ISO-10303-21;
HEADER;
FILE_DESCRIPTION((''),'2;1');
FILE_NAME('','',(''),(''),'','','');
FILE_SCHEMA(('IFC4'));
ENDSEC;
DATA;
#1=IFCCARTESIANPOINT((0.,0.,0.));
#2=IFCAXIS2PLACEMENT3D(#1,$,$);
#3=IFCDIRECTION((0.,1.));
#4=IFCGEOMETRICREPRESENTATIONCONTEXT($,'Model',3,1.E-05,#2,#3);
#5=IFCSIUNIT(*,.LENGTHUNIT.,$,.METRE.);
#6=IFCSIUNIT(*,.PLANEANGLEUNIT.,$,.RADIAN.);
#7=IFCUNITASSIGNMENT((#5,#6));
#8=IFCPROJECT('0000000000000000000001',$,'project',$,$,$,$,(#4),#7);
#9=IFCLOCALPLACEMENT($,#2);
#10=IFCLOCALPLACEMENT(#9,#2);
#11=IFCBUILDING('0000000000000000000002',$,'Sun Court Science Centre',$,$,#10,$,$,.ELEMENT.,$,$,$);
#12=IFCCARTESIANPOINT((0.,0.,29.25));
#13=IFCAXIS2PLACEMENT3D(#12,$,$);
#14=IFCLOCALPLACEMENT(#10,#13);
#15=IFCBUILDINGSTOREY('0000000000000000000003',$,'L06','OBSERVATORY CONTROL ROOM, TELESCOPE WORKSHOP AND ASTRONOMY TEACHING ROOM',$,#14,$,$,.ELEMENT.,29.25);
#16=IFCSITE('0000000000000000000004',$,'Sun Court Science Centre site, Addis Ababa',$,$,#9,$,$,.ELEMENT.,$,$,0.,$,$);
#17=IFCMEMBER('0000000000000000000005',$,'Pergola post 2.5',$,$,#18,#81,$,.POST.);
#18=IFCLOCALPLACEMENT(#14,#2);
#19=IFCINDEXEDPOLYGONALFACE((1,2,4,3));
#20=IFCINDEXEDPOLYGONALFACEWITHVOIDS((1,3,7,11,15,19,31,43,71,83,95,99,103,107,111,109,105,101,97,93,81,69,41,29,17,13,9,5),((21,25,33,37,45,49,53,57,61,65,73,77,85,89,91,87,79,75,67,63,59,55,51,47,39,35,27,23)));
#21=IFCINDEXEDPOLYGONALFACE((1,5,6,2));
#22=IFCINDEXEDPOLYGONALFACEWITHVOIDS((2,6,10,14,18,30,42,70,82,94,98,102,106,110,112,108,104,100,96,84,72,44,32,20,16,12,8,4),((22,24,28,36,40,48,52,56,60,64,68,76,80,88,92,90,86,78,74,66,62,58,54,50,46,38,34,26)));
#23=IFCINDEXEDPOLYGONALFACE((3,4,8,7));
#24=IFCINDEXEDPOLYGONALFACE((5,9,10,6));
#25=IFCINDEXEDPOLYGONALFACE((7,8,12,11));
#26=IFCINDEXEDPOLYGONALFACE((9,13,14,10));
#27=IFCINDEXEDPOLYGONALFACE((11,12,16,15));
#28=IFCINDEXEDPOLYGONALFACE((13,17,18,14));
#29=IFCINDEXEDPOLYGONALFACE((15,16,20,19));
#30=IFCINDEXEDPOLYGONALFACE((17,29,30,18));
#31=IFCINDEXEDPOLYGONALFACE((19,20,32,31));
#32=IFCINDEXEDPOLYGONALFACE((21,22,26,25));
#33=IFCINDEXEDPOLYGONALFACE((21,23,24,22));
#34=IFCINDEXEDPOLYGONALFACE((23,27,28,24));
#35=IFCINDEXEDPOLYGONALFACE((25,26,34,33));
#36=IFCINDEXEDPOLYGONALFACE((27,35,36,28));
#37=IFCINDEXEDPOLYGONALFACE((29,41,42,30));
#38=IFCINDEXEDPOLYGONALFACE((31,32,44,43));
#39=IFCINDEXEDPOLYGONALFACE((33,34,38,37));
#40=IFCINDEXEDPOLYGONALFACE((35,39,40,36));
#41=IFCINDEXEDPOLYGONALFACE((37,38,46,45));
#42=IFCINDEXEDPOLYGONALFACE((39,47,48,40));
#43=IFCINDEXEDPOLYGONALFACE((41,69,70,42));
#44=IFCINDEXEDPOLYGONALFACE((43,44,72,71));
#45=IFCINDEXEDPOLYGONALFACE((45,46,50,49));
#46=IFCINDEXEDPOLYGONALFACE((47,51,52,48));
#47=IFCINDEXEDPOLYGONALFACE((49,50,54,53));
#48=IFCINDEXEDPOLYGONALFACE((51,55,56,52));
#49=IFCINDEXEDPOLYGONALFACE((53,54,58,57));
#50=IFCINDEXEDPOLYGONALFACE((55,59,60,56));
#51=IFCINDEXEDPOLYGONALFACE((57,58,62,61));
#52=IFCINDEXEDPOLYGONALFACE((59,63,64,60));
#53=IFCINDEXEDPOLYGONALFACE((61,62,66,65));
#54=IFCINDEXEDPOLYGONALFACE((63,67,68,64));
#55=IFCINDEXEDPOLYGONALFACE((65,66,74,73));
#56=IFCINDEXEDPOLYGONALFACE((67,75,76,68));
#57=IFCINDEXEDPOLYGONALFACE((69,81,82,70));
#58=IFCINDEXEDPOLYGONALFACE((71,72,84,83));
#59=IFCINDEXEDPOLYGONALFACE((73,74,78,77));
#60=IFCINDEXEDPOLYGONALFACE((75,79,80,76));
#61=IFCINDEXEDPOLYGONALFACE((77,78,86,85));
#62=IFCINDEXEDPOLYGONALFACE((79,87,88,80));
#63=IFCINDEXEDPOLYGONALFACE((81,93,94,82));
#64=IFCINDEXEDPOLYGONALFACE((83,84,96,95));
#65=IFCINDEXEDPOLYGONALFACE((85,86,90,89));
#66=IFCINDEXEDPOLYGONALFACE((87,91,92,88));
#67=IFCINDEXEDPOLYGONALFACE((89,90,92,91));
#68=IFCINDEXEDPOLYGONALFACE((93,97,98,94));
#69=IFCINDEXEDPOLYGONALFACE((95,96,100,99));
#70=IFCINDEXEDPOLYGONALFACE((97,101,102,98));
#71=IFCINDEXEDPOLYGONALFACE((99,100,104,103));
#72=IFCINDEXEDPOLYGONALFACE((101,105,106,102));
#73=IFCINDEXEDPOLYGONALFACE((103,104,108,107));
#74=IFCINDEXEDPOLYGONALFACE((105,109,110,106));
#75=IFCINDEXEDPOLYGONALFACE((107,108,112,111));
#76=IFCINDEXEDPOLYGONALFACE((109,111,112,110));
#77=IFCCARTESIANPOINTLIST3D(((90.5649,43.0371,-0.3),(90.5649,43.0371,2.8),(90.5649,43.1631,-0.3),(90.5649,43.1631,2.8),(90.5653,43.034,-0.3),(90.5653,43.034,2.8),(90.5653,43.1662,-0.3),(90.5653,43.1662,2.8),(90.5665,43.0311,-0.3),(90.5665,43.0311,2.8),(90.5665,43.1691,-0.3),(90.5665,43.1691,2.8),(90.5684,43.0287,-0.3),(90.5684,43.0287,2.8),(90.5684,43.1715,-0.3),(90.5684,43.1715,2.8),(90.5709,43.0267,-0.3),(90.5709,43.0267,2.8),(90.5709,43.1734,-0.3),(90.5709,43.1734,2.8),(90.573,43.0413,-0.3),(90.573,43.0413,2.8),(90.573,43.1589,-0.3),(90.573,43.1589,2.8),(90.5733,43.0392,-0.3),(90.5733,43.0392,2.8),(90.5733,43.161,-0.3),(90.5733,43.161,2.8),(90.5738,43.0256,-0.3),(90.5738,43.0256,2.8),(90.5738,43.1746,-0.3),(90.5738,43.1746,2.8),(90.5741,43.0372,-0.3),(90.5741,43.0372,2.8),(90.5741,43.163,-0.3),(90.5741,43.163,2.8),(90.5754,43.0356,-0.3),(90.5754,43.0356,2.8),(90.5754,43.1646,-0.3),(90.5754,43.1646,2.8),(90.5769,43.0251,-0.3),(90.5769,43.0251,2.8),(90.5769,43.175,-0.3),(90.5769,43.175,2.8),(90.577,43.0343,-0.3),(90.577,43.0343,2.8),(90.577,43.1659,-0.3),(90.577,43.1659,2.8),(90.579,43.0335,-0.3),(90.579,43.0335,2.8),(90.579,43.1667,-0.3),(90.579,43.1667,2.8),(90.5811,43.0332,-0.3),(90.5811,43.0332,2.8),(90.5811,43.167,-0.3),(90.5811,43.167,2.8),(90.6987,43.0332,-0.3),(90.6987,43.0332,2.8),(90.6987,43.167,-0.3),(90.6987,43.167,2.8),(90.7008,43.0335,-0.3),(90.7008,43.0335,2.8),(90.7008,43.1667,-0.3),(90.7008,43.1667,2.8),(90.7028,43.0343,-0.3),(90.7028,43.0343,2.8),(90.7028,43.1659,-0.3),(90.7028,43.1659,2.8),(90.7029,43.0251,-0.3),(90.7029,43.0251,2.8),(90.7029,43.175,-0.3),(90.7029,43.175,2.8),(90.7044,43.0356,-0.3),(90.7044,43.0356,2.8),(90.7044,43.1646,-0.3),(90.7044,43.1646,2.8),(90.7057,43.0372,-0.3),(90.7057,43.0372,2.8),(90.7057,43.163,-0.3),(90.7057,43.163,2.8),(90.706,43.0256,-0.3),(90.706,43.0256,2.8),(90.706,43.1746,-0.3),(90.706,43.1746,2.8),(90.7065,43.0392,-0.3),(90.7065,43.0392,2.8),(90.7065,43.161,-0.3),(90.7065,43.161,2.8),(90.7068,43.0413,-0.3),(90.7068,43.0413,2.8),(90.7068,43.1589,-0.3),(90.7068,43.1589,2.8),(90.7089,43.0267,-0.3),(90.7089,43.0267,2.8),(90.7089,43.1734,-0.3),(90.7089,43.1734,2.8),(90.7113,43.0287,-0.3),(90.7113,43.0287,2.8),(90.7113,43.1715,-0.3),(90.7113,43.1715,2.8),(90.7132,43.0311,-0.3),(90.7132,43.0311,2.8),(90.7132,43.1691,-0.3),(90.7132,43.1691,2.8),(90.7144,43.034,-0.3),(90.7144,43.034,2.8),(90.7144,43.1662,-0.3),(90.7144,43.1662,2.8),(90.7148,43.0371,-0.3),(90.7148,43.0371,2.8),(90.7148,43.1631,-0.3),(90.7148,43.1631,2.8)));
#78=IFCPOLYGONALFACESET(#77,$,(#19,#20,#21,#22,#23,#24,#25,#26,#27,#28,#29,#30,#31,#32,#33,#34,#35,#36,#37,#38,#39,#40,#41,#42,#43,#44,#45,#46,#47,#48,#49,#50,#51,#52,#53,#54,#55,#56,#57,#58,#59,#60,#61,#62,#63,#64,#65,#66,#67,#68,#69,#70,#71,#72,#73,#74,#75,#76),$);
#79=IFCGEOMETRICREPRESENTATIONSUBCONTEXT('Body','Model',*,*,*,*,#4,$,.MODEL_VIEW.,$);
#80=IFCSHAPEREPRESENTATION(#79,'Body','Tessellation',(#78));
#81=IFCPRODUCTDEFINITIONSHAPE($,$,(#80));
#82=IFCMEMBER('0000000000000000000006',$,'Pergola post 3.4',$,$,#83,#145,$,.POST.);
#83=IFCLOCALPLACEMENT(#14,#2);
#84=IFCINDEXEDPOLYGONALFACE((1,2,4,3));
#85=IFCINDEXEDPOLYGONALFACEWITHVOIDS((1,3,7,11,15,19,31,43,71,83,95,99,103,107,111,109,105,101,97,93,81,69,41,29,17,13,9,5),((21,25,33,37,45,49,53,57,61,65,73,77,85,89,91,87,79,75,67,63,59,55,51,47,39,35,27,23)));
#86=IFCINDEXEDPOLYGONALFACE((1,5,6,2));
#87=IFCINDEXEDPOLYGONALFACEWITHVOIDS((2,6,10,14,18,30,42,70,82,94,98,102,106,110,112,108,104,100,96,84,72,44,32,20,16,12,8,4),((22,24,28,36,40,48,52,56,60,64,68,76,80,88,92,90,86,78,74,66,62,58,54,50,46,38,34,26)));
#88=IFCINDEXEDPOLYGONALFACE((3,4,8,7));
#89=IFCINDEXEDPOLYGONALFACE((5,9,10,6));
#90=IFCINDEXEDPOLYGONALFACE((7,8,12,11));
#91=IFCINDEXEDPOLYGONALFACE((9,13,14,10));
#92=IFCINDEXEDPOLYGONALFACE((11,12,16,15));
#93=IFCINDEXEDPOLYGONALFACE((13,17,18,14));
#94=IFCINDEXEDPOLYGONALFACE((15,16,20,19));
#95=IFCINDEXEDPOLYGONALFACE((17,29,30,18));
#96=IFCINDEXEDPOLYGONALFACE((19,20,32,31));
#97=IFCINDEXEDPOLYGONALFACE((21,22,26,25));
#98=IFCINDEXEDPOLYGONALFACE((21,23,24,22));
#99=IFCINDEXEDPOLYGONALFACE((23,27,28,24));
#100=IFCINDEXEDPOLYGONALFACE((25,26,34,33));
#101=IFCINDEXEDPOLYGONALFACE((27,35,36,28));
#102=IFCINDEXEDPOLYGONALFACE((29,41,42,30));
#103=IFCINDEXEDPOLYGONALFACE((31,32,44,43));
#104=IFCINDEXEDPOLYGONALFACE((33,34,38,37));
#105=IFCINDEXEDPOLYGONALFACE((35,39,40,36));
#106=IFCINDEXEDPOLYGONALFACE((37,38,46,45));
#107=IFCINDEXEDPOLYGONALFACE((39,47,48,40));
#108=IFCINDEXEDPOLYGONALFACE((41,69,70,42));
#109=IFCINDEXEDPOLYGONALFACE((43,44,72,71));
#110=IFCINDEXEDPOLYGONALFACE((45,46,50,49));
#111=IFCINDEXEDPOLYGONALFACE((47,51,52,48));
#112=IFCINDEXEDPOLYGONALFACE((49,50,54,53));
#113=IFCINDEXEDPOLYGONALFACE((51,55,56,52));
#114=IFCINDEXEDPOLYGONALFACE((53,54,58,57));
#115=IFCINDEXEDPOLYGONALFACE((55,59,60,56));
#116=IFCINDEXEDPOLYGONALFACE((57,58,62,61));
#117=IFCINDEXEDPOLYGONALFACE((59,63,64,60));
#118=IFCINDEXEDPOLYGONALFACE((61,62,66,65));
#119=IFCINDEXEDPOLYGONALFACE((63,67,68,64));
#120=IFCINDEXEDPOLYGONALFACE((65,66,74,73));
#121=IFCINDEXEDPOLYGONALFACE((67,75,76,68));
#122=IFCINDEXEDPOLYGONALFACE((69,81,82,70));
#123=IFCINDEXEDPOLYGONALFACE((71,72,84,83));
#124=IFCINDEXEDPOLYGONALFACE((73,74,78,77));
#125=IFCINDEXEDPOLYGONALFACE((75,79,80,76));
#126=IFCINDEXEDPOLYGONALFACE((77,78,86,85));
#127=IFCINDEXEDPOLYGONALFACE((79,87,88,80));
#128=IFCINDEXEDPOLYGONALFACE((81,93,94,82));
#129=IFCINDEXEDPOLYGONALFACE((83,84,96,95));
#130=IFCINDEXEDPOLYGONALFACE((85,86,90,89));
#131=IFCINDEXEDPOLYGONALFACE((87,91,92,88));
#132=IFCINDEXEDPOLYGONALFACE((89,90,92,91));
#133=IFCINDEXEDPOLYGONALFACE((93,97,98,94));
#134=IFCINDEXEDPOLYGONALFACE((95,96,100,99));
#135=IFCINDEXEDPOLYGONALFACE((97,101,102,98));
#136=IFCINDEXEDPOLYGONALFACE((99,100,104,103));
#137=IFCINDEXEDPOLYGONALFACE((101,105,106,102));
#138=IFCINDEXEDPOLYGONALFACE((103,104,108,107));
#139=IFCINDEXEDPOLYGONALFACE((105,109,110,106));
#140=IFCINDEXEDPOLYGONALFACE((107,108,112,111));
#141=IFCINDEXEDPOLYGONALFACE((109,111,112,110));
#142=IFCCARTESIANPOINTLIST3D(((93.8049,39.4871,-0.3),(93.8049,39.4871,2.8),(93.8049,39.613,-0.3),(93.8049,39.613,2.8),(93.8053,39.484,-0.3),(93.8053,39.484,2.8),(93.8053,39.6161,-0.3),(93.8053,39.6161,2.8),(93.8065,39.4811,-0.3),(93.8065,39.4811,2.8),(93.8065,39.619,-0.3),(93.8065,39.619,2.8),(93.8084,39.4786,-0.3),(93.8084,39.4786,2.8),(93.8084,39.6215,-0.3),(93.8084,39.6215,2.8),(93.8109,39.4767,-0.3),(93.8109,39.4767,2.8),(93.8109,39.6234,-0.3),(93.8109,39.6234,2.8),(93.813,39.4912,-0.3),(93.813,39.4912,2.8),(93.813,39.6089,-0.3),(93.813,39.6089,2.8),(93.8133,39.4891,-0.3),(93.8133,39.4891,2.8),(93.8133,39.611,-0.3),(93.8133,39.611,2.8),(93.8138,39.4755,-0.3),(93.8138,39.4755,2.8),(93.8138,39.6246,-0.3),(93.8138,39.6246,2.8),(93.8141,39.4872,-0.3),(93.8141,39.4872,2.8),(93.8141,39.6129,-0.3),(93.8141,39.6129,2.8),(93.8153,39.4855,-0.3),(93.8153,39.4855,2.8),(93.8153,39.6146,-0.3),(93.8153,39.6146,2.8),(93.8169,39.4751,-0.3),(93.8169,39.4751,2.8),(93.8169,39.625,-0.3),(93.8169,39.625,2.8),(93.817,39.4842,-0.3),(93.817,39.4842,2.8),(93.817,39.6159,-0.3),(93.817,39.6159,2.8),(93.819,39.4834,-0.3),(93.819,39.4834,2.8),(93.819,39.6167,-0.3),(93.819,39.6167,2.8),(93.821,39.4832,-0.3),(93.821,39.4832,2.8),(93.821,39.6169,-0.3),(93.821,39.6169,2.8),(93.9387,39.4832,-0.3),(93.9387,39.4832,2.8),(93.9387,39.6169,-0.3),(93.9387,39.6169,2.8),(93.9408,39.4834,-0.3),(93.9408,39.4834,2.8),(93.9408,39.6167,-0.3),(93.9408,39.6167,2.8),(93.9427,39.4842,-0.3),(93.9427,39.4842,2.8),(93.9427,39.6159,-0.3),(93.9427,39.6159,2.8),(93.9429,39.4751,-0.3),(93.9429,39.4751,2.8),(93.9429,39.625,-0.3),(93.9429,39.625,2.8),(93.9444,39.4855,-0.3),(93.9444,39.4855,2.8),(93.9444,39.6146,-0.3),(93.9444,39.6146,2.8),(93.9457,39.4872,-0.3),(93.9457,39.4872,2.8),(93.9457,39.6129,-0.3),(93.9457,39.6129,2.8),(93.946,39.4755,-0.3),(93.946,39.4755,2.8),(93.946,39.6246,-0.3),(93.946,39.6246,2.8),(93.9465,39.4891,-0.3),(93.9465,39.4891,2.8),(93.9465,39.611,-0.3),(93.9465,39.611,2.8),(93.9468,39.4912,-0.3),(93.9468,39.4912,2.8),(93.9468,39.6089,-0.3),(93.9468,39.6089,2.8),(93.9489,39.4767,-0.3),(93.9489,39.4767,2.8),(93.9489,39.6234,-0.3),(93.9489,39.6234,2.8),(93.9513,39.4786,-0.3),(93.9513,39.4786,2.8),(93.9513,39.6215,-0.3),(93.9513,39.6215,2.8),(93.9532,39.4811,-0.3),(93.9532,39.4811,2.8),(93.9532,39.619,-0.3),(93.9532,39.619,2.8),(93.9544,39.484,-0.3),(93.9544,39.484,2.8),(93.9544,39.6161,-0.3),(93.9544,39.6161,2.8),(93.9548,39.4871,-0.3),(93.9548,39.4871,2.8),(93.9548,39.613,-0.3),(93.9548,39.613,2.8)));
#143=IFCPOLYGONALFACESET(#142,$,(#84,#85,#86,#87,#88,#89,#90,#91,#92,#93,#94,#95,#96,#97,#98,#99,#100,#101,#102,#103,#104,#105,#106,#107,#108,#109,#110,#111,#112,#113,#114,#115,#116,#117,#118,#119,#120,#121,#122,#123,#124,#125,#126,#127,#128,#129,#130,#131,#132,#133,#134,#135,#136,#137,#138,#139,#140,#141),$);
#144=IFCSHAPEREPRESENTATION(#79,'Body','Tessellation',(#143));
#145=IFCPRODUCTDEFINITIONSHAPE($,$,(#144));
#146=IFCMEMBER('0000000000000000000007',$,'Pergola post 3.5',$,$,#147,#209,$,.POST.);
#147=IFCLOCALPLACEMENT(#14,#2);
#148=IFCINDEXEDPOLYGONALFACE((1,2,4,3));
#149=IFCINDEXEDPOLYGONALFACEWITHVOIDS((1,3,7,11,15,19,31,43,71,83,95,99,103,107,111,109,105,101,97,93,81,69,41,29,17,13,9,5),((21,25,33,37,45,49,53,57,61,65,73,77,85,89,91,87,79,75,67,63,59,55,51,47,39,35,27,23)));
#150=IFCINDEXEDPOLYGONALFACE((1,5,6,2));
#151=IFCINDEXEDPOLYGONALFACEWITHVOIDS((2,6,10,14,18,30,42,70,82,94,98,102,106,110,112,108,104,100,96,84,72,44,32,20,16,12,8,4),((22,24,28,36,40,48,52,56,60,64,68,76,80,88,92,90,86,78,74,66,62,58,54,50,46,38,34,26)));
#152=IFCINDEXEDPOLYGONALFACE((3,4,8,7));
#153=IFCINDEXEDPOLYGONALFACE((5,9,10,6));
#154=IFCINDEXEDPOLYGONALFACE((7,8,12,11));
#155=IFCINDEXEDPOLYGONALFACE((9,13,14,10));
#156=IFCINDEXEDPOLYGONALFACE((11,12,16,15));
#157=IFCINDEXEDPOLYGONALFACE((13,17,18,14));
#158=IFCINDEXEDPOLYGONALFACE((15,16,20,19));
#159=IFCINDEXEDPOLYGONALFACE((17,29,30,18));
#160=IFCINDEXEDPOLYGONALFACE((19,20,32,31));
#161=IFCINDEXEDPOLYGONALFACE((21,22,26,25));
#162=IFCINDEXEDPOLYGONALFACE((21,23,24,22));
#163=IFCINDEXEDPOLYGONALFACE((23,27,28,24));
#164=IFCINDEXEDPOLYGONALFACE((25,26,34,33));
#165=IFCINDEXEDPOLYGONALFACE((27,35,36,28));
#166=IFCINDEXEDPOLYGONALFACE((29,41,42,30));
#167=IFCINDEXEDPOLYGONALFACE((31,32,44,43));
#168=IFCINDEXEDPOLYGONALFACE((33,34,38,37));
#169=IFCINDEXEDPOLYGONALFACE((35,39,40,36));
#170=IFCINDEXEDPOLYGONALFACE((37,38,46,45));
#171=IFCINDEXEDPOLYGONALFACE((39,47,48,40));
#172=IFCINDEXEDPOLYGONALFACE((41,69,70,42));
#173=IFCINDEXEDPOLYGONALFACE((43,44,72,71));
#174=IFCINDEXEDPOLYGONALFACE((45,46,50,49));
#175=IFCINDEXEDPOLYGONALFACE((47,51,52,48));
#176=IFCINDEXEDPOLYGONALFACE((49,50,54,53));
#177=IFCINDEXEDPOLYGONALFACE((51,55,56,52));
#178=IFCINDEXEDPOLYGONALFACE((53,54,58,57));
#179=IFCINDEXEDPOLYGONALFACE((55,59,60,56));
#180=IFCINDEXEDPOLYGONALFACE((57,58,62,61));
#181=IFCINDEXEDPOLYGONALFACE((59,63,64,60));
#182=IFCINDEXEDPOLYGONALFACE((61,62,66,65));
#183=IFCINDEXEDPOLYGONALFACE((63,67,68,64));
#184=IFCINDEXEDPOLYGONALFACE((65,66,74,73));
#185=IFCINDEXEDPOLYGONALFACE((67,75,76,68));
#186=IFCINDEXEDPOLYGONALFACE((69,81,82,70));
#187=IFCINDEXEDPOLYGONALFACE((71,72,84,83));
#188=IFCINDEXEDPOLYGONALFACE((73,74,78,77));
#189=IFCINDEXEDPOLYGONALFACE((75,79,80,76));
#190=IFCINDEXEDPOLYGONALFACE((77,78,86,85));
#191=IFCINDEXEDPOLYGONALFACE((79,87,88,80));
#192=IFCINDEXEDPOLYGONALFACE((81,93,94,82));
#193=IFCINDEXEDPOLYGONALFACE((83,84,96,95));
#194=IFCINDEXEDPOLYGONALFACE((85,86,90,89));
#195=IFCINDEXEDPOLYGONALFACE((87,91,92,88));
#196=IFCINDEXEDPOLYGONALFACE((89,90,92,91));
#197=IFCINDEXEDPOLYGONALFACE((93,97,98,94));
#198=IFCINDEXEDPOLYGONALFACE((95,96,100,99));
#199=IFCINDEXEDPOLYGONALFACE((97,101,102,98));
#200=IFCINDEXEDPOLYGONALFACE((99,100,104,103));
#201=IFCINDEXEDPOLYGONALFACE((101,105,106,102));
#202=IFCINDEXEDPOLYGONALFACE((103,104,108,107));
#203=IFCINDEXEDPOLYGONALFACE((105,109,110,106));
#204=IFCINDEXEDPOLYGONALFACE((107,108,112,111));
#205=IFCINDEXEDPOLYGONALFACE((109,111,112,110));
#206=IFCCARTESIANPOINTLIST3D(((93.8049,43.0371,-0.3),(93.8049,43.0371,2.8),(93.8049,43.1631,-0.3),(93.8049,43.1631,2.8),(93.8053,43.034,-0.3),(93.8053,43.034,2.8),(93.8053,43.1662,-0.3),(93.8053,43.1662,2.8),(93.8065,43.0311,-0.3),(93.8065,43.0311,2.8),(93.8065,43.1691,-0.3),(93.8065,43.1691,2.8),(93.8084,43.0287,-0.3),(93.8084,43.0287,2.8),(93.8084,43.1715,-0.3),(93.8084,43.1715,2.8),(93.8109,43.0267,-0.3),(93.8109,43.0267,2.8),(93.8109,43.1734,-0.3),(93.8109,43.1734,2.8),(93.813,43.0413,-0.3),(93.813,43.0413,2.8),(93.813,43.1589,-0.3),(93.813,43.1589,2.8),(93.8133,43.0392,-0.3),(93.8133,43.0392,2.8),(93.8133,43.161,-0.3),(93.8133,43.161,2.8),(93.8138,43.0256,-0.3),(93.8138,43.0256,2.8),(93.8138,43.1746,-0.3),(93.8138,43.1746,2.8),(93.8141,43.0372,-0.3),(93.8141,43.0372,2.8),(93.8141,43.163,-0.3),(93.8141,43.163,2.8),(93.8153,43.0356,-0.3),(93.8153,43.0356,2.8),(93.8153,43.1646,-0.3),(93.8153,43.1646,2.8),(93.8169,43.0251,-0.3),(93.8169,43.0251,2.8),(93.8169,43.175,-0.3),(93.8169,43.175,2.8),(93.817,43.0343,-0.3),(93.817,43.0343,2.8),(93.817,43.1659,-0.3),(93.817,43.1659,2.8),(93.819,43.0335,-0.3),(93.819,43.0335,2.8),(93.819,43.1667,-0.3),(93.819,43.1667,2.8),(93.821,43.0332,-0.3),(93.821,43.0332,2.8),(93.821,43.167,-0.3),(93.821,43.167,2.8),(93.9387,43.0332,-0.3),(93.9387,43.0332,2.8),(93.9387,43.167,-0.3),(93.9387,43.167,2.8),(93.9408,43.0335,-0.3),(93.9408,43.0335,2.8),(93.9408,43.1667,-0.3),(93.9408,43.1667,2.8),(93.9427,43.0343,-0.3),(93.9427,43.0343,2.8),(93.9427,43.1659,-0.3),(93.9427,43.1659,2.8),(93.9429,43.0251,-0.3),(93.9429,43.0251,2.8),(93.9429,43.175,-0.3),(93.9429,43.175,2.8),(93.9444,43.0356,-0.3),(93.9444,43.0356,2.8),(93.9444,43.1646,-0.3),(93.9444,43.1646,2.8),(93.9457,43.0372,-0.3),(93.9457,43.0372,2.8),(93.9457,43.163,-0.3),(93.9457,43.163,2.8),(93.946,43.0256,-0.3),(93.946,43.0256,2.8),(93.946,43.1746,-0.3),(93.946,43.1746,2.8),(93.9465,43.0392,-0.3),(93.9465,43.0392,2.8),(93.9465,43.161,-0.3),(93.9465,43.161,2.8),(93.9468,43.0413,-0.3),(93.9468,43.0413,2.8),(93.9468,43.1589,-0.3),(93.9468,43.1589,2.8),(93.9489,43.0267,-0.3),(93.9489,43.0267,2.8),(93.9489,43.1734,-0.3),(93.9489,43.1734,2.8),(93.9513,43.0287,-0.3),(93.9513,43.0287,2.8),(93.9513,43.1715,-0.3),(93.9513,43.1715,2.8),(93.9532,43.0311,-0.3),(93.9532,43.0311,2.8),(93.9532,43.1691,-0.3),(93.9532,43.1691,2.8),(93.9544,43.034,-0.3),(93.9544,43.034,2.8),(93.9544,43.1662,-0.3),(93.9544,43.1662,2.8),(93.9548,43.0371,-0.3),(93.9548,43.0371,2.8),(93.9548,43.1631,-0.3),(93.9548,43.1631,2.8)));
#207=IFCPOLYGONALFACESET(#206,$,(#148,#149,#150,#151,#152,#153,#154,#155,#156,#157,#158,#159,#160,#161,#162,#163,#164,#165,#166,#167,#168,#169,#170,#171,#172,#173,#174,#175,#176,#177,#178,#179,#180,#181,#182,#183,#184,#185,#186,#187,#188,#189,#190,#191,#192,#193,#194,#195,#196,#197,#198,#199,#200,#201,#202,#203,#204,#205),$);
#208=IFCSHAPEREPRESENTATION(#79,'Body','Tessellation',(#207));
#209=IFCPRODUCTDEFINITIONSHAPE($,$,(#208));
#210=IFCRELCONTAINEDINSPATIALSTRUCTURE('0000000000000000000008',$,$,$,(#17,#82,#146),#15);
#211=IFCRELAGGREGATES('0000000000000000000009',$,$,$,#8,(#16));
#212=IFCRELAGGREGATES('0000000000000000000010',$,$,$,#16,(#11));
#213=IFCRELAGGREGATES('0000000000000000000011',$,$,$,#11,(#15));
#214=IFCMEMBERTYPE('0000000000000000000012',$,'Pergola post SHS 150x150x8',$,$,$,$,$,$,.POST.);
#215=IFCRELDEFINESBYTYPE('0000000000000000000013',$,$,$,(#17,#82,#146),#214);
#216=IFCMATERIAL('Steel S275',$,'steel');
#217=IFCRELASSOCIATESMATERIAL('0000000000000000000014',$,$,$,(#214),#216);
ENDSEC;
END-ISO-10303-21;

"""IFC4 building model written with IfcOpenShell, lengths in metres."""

from ifc_helpers import new_model, si_unit, direction, frame, origin, origin_2d, place, context, subcontext, project, spatial, hollow_rectangle, extrude, material, material_profile, profile_set, type_object, element, save


model = new_model("IFC4")

# Units and contexts
model_context = context("Model", 3, precision=1e-05, world=origin(), true_north=direction((0.0, 1.0)))
body_context = subcontext(model_context, "Body", "Model", "MODEL_VIEW")
ifc_project = project(units=[si_unit("LENGTHUNIT", "METRE"), si_unit("PLANEANGLEUNIT", "RADIAN")], contexts=[model_context])

# Site, building, storey
site_placement = place(None, origin())
site = spatial("IfcSite", under=ifc_project, at=site_placement, Name="Sun Court Science Centre site, Addis Ababa", CompositionType="ELEMENT", RefElevation=0.0)
building_placement = place(site_placement, origin())
building = spatial("IfcBuilding", under=site, at=building_placement, Name="Sun Court Science Centre", CompositionType="ELEMENT")
storey_placement = place(building_placement, frame((0.0, 0.0, 29.25)))
storey = spatial("IfcBuildingStorey", under=building, at=storey_placement, Name="L06", Description="OBSERVATORY CONTROL ROOM, TELESCOPE WORKSHOP AND ASTRONOMY TEACHING ROOM", CompositionType="ELEMENT", Elevation=29.25)

# Members
ifc_material_1 = material(Name="Steel S275", Category="steel")
ifc_material_profile_1 = material_profile(ifc_material_1, hollow_rectangle(XDim=0.1499, YDim=0.1499, WallThickness=0.0081, InnerFilletRadius=0.0081, OuterFilletRadius=0.012, at=origin_2d()), Name="SHS 150x150x8")
ifc_profile_set_1 = profile_set([ifc_material_profile_1], Name="Steel S275")
member_type_1 = type_object("IfcMemberType", Name="Pergola post SHS 150x150x8", PredefinedType="POST", material=ifc_profile_set_1)
for number, where, z_axis, x_axis, name in (
    (1, (90.6399, 43.1001, -0.3), (0.0, 0.0, 1.0), (1.0, 0.0, 0.0), "Pergola post 2.5"),
    (2, (93.8799, 39.55, -0.3), (0.0, 0.0, 1.0), (1.0, 0.0, 0.0), "Pergola post 3.4"),
    (3, (93.8799, 43.1001, -0.3), (0.0, 0.0, 1.0), (1.0, 0.0, 0.0), "Pergola post 3.5"),
):
    element("IfcMember", number, at=place(storey_placement, frame(where, z_axis=z_axis, x_axis=x_axis)), inside=storey, type_object=member_type_1, Name=name, PredefinedType="POST", context=body_context, shape_type="SweptSolid", body=[
        extrude(hollow_rectangle(XDim=0.1499, YDim=0.1499, WallThickness=0.0081, InnerFilletRadius=0.0081, OuterFilletRadius=0.012, at=origin_2d()), origin(), (0.0, 0.0, 1.0), 3.1001),
    ])

save(model, "model.ifc")
